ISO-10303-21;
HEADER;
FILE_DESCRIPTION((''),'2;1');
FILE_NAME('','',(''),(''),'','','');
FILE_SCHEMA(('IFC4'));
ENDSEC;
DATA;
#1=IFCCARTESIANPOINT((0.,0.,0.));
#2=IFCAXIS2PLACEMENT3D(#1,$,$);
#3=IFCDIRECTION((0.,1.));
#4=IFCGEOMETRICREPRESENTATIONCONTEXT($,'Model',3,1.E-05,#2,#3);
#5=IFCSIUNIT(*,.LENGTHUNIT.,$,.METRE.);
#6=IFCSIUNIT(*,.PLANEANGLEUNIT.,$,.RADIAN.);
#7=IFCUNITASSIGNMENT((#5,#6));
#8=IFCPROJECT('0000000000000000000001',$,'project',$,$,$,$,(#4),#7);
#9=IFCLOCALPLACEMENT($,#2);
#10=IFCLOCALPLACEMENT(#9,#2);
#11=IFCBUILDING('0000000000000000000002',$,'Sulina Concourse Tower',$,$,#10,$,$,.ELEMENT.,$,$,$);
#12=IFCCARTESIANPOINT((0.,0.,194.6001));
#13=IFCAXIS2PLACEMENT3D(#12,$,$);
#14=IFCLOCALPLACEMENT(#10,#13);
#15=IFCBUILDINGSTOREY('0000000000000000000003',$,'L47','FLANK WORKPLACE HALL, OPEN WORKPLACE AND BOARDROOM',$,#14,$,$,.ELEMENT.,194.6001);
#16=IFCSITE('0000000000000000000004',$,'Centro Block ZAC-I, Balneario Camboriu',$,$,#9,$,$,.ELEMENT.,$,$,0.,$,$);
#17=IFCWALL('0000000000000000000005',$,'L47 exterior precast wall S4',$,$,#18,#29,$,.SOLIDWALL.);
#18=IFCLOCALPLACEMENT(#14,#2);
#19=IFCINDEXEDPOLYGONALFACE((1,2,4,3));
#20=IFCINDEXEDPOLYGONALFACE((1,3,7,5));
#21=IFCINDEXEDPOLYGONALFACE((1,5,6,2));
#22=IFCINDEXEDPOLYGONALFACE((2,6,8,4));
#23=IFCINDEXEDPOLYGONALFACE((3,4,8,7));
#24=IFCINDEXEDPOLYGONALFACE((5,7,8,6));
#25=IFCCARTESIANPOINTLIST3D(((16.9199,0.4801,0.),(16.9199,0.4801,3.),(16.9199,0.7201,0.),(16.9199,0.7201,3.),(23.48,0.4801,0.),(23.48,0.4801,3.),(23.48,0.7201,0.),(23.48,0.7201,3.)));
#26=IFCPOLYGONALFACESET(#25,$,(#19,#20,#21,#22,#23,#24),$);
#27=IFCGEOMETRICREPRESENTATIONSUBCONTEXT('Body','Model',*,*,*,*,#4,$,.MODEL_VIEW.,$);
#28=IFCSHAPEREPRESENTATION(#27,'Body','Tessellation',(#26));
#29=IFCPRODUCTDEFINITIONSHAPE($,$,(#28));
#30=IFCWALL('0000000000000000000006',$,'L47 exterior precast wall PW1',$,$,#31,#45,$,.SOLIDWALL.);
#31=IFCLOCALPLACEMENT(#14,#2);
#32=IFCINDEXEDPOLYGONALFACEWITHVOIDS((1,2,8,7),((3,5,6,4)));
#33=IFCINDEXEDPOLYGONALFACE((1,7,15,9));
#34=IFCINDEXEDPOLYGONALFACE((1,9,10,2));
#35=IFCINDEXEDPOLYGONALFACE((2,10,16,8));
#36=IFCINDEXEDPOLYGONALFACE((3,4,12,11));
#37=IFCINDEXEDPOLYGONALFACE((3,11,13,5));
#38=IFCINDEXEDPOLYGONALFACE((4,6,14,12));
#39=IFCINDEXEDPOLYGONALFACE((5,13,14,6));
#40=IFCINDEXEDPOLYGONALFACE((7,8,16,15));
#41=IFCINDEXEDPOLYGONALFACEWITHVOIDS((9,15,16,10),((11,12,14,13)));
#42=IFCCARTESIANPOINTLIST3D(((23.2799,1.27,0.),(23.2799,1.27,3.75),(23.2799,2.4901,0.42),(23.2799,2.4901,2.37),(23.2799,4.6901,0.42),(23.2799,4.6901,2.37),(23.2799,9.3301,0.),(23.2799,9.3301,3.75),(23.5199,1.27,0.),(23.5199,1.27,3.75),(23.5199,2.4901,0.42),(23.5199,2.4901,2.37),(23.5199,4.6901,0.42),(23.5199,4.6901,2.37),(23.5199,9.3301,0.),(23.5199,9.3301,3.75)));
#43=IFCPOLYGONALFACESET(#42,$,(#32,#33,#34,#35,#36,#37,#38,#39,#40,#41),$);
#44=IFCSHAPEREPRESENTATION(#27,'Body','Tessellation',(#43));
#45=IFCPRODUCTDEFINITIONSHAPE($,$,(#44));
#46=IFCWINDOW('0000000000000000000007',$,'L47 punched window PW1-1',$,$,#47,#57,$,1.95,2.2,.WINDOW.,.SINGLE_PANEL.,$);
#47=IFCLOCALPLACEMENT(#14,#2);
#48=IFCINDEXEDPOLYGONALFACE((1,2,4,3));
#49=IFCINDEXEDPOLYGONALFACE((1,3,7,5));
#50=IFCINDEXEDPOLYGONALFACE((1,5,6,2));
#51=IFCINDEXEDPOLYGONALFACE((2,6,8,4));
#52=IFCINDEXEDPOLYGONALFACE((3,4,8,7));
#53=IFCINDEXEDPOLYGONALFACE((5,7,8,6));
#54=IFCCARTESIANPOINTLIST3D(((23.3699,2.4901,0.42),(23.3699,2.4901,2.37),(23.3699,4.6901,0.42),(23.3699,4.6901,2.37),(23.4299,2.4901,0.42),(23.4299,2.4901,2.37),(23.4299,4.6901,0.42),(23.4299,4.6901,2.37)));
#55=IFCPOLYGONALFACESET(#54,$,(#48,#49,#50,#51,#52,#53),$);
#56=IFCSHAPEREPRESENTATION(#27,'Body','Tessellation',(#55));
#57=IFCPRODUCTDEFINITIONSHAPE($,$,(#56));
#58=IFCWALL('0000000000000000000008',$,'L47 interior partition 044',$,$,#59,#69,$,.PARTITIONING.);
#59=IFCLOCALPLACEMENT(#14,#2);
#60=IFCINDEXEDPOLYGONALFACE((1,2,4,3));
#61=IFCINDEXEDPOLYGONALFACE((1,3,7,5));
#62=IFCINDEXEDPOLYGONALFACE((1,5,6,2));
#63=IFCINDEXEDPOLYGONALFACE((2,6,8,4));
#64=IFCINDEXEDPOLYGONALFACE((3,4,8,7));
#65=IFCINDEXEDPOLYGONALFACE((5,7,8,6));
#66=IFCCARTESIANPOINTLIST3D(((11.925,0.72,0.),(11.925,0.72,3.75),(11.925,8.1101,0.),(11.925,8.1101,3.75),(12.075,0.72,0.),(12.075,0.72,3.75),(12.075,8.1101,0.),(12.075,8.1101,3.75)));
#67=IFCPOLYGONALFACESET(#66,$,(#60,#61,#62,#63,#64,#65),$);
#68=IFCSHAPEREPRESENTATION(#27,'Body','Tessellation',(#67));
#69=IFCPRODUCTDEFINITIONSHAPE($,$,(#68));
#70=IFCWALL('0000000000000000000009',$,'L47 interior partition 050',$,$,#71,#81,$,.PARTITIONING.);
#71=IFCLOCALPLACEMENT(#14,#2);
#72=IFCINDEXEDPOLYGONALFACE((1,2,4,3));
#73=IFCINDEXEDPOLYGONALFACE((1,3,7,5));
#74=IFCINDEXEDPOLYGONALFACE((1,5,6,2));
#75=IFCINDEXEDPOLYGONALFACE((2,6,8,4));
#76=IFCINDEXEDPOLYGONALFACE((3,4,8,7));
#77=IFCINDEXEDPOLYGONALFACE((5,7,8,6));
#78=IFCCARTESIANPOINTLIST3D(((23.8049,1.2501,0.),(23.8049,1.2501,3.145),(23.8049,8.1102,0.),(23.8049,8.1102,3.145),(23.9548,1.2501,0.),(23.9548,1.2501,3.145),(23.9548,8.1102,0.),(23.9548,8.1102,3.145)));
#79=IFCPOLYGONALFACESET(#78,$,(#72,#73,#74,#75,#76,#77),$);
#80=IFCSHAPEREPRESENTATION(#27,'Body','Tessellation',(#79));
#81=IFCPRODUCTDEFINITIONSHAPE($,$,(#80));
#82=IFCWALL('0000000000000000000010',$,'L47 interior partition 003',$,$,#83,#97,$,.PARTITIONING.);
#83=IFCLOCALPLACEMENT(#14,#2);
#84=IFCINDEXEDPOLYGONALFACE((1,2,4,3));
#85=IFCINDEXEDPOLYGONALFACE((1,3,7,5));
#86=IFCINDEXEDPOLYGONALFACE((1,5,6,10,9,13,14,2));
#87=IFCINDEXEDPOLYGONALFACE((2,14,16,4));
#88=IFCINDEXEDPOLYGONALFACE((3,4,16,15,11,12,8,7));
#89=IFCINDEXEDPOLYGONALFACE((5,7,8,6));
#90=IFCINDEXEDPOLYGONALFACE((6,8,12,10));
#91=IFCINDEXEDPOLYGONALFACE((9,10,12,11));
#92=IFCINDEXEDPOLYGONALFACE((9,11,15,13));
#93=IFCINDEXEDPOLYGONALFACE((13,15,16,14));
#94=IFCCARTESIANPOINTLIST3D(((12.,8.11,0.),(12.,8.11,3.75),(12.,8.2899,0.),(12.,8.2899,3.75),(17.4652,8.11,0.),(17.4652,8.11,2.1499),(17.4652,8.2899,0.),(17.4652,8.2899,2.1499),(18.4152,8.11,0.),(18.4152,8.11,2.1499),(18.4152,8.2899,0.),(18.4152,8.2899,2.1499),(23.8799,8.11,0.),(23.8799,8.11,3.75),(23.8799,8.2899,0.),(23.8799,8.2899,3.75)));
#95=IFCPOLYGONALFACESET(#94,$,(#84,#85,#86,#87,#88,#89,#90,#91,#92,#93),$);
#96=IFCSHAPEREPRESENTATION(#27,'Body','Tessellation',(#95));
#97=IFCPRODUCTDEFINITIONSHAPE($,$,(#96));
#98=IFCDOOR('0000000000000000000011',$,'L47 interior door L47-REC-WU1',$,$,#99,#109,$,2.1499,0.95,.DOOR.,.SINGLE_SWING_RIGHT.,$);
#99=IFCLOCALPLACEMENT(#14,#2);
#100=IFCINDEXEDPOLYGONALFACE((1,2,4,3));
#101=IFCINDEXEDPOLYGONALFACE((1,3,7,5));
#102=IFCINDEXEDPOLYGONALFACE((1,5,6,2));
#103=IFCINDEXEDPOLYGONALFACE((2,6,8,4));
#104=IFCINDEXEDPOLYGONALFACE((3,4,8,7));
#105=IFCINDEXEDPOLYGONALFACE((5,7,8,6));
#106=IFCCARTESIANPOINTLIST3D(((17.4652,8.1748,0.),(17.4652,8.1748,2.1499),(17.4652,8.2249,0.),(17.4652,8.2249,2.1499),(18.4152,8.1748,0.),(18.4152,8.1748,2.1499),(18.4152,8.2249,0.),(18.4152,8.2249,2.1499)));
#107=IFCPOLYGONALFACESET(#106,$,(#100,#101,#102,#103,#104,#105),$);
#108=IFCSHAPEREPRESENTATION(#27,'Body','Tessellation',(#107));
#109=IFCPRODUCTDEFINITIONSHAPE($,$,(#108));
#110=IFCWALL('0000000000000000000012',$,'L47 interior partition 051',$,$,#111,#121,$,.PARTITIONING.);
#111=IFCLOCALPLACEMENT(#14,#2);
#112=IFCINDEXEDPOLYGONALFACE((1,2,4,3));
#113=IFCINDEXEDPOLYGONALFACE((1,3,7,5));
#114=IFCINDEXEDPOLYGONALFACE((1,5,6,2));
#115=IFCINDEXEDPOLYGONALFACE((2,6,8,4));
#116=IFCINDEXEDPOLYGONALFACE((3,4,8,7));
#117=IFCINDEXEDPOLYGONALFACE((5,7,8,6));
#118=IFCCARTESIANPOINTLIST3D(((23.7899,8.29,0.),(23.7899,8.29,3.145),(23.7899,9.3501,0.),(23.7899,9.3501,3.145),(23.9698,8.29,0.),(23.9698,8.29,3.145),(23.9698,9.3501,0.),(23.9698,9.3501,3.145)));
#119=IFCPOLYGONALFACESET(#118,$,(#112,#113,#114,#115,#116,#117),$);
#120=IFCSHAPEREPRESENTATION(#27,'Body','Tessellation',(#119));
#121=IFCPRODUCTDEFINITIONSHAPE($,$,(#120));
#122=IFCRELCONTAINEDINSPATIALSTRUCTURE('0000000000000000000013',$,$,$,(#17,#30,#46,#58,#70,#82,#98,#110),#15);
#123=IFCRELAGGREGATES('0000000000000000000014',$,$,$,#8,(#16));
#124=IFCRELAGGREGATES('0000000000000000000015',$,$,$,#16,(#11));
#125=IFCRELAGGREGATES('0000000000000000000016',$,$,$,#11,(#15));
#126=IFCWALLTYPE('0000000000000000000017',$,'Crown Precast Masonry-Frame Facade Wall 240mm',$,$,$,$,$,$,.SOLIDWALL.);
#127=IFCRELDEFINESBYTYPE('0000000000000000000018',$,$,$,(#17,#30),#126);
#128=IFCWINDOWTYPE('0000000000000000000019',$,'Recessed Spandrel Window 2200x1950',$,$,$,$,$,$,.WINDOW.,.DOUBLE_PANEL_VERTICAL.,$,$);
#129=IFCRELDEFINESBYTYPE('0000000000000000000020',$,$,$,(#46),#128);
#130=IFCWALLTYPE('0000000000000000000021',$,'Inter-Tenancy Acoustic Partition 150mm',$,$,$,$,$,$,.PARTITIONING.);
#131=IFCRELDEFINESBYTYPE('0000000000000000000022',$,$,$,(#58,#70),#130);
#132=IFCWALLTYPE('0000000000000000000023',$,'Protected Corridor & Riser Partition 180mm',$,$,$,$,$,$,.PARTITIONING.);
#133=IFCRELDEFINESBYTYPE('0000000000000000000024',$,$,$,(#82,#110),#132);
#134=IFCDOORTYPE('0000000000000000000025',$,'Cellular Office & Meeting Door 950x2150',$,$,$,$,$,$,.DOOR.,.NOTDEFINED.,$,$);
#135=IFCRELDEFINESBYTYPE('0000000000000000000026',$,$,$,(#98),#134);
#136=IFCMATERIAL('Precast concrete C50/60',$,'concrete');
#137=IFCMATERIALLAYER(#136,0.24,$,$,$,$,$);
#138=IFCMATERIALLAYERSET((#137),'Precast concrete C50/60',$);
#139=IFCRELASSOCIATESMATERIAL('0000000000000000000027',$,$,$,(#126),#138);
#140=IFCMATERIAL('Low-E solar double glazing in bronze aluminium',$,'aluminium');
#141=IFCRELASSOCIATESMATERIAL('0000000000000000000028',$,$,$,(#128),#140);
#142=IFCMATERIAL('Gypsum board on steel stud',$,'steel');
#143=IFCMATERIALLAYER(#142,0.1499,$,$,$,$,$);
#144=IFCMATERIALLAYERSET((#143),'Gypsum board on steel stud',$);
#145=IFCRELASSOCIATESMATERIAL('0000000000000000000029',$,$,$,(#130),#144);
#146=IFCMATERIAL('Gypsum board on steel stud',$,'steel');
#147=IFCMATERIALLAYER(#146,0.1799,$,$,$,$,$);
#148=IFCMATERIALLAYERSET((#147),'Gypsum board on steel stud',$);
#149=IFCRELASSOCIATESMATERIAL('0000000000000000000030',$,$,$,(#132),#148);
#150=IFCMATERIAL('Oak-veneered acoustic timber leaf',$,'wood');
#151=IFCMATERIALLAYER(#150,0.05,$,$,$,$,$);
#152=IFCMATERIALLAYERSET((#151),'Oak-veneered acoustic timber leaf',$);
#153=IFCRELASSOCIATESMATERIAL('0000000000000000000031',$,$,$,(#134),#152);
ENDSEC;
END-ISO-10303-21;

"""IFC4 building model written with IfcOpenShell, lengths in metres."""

from ifc_helpers import new_model, si_unit, direction, frame, frame_2d, origin, place, context, subcontext, project, spatial, rectangle, extrude, material, layer, layer_set, type_object, element, fill, save


model = new_model("IFC4")

# Units and contexts
model_context = context("Model", 3, precision=1e-05, world=origin(), true_north=direction((0.0, 1.0)))
body_context = subcontext(model_context, "Body", "Model", "MODEL_VIEW")
ifc_project = project(units=[si_unit("LENGTHUNIT", "METRE"), si_unit("PLANEANGLEUNIT", "RADIAN")], contexts=[model_context])

# Site, building, storey
site_placement = place(None, origin())
site = spatial("IfcSite", under=ifc_project, at=site_placement, Name="Centro Block ZAC-I, Balneario Camboriu", CompositionType="ELEMENT", RefElevation=0.0)
building_placement = place(site_placement, origin())
building = spatial("IfcBuilding", under=site, at=building_placement, Name="Sulina Concourse Tower", CompositionType="ELEMENT")
storey_placement = place(building_placement, frame((0.0, 0.0, 194.6001)))
storey = spatial("IfcBuildingStorey", under=building, at=storey_placement, Name="L47", Description="FLANK WORKPLACE HALL, OPEN WORKPLACE AND BOARDROOM", CompositionType="ELEMENT", Elevation=194.6001)

# Wall
ifc_material_1 = material(Name="Precast concrete C50/60", Category="concrete")
ifc_layer_1 = layer(ifc_material_1, 0.24)
ifc_layer_set_1 = layer_set([ifc_layer_1], Name="Precast concrete C50/60")
wall_type_1 = type_object("IfcWallType", Name="Crown Precast Masonry-Frame Facade Wall 240mm", PredefinedType="SOLIDWALL", material=ifc_layer_set_1)
wall_1_placement = place(storey_placement, frame((23.48, 0.6001, 0.0), z_axis=(0.0, 0.0, 1.0), x_axis=(-1.0, 0.0, 0.0)))
element("IfcWall", 1, at=wall_1_placement, inside=storey, type_object=wall_type_1, Name="L47 exterior precast wall S4", PredefinedType="SOLIDWALL", context=body_context, shape_type="SweptSolid", body=[
    extrude(rectangle(XDim=6.5601, YDim=0.24, at=frame_2d((3.28, 0.0))), origin(), (0.0, 0.0, 1.0), 3.0),
])

# Wall, opening, window
wall_2_placement = place(storey_placement, frame((23.3999, 9.3301, 0.0), z_axis=(0.0, 0.0, 1.0), x_axis=(0.0, -1.0, 0.0)))
wall_2 = element("IfcWall", 2, at=wall_2_placement, inside=storey, type_object=wall_type_1, Name="L47 exterior precast wall PW1", PredefinedType="SOLIDWALL", context=body_context, shape_type="SweptSolid", body=[
    extrude(rectangle(XDim=8.0601, YDim=0.24, at=frame_2d((4.03, 0.0))), origin(), (0.0, 0.0, 1.0), 3.75),
])
opening_1_placement = place(wall_2_placement, frame((4.6399, 0.0, 0.4199)))
opening_1 = element("IfcOpeningElement", 3, at=opening_1_placement, cuts=wall_2, PredefinedType="OPENING", context=body_context, shape_type="SweptSolid", body=[
    extrude(rectangle(XDim=2.2, YDim=1.95, at=frame_2d((1.1001, 0.9751))), frame((0.0, 0.1299, 0.0), z_axis=(0.0, -1.0, 0.0), x_axis=(1.0, 0.0, 0.0)), (0.0, 0.0, 1.0), 0.26),
])
ifc_material_2 = material(Name="Low-E solar double glazing in bronze aluminium", Category="aluminium")
window_type = type_object("IfcWindowType", Name="Recessed Spandrel Window 2200x1950", PartitioningType="DOUBLE_PANEL_VERTICAL", PredefinedType="WINDOW", material=ifc_material_2)
window_placement = place(opening_1_placement, origin())
window = element("IfcWindow", 4, at=window_placement, inside=storey, type_object=window_type, Name="L47 punched window PW1-1", OverallHeight=1.95, OverallWidth=2.2, PartitioningType="SINGLE_PANEL", PredefinedType="WINDOW", context=body_context, shape_type="SweptSolid", body=[
    extrude(rectangle(XDim=2.2, YDim=1.95, at=frame_2d((1.1001, 0.9751))), frame((0.0, 0.03, 0.0), z_axis=(0.0, -1.0, 0.0), x_axis=(1.0, 0.0, 0.0)), (0.0, 0.0, 1.0), 0.0601),
])
fill(opening_1, window)

# Walls
ifc_material_3 = material(Name="Gypsum board on steel stud", Category="steel")
ifc_layer_2 = layer(ifc_material_3, 0.1499)
ifc_layer_set_2 = layer_set([ifc_layer_2], Name="Gypsum board on steel stud")
wall_type_2 = type_object("IfcWallType", Name="Inter-Tenancy Acoustic Partition 150mm", PredefinedType="PARTITIONING", material=ifc_layer_set_2)
wall_3_placement = place(storey_placement, frame((12.0, 0.72, 0.0), z_axis=(0.0, 0.0, 1.0), x_axis=(0.0, 1.0, 0.0)))
element("IfcWall", 5, at=wall_3_placement, inside=storey, type_object=wall_type_2, Name="L47 interior partition 044", PredefinedType="PARTITIONING", context=body_context, shape_type="SweptSolid", body=[
    extrude(rectangle(XDim=7.3901, YDim=0.1499, at=frame_2d((3.6951, 0.0))), origin(), (0.0, 0.0, 1.0), 3.75),
])
wall_4_placement = place(storey_placement, frame((23.8799, 1.25, 0.0), z_axis=(0.0, 0.0, 1.0), x_axis=(0.0, 1.0, 0.0)))
element("IfcWall", 6, at=wall_4_placement, inside=storey, type_object=wall_type_2, Name="L47 interior partition 050", PredefinedType="PARTITIONING", context=body_context, shape_type="SweptSolid", body=[
    extrude(rectangle(XDim=6.8601, YDim=0.1499, at=frame_2d((3.4302, 0.0))), origin(), (0.0, 0.0, 1.0), 3.145),
])

# Wall, opening, door
ifc_material_4 = material(Name="Gypsum board on steel stud", Category="steel")
ifc_layer_3 = layer(ifc_material_4, 0.1799)
ifc_layer_set_3 = layer_set([ifc_layer_3], Name="Gypsum board on steel stud")
wall_type_3 = type_object("IfcWallType", Name="Protected Corridor & Riser Partition 180mm", PredefinedType="PARTITIONING", material=ifc_layer_set_3)
wall_5_placement = place(storey_placement, frame((12.0, 8.2, 0.0), z_axis=(0.0, 0.0, 1.0), x_axis=(1.0, 0.0, 0.0)))
wall_5 = element("IfcWall", 7, at=wall_5_placement, inside=storey, type_object=wall_type_3, Name="L47 interior partition 003", PredefinedType="PARTITIONING", context=body_context, shape_type="SweptSolid", body=[
    extrude(rectangle(XDim=11.8799, YDim=0.1799, at=frame_2d((5.9399, 0.0))), origin(), (0.0, 0.0, 1.0), 3.75),
])
opening_2_placement = place(wall_5_placement, frame((5.4651, 0.0, 0.0)))
opening_2 = element("IfcOpeningElement", 8, at=opening_2_placement, cuts=wall_5, PredefinedType="OPENING", context=body_context, shape_type="SweptSolid", body=[
    extrude(rectangle(XDim=0.95, YDim=2.1499, at=frame_2d((0.4751, 1.075))), frame((0.0, 0.0999, 0.0), z_axis=(0.0, -1.0, 0.0), x_axis=(1.0, 0.0, 0.0)), (0.0, 0.0, 1.0), 0.2),
])
ifc_material_5 = material(Name="Oak-veneered acoustic timber leaf", Category="wood")
ifc_layer_4 = layer(ifc_material_5, 0.05)
ifc_layer_set_4 = layer_set([ifc_layer_4], Name="Oak-veneered acoustic timber leaf")
door_type = type_object("IfcDoorType", Name="Cellular Office & Meeting Door 950x2150", OperationType="NOTDEFINED", PredefinedType="DOOR", material=ifc_layer_set_4)
door_placement = place(opening_2_placement, origin())
door = element("IfcDoor", 9, at=door_placement, inside=storey, type_object=door_type, Name="L47 interior door L47-REC-WU1", OperationType="SINGLE_SWING_RIGHT", OverallHeight=2.1499, OverallWidth=0.95, PredefinedType="DOOR", context=body_context, shape_type="SweptSolid", body=[
    extrude(rectangle(XDim=0.95, YDim=2.1499, at=frame_2d((0.4751, 1.075))), frame((0.0, 0.0249, 0.0), z_axis=(0.0, -1.0, 0.0), x_axis=(1.0, 0.0, 0.0)), (0.0, 0.0, 1.0), 0.05),
])
fill(opening_2, door)

# Wall
wall_6_placement = place(storey_placement, frame((23.8799, 8.29, 0.0), z_axis=(0.0, 0.0, 1.0), x_axis=(0.0, 1.0, 0.0)))
element("IfcWall", 10, at=wall_6_placement, inside=storey, type_object=wall_type_3, Name="L47 interior partition 051", PredefinedType="PARTITIONING", context=body_context, shape_type="SweptSolid", body=[
    extrude(rectangle(XDim=1.0601, YDim=0.1799, at=frame_2d((0.53, 0.0))), origin(), (0.0, 0.0, 1.0), 3.145),
])

save(model, "model.ifc")
